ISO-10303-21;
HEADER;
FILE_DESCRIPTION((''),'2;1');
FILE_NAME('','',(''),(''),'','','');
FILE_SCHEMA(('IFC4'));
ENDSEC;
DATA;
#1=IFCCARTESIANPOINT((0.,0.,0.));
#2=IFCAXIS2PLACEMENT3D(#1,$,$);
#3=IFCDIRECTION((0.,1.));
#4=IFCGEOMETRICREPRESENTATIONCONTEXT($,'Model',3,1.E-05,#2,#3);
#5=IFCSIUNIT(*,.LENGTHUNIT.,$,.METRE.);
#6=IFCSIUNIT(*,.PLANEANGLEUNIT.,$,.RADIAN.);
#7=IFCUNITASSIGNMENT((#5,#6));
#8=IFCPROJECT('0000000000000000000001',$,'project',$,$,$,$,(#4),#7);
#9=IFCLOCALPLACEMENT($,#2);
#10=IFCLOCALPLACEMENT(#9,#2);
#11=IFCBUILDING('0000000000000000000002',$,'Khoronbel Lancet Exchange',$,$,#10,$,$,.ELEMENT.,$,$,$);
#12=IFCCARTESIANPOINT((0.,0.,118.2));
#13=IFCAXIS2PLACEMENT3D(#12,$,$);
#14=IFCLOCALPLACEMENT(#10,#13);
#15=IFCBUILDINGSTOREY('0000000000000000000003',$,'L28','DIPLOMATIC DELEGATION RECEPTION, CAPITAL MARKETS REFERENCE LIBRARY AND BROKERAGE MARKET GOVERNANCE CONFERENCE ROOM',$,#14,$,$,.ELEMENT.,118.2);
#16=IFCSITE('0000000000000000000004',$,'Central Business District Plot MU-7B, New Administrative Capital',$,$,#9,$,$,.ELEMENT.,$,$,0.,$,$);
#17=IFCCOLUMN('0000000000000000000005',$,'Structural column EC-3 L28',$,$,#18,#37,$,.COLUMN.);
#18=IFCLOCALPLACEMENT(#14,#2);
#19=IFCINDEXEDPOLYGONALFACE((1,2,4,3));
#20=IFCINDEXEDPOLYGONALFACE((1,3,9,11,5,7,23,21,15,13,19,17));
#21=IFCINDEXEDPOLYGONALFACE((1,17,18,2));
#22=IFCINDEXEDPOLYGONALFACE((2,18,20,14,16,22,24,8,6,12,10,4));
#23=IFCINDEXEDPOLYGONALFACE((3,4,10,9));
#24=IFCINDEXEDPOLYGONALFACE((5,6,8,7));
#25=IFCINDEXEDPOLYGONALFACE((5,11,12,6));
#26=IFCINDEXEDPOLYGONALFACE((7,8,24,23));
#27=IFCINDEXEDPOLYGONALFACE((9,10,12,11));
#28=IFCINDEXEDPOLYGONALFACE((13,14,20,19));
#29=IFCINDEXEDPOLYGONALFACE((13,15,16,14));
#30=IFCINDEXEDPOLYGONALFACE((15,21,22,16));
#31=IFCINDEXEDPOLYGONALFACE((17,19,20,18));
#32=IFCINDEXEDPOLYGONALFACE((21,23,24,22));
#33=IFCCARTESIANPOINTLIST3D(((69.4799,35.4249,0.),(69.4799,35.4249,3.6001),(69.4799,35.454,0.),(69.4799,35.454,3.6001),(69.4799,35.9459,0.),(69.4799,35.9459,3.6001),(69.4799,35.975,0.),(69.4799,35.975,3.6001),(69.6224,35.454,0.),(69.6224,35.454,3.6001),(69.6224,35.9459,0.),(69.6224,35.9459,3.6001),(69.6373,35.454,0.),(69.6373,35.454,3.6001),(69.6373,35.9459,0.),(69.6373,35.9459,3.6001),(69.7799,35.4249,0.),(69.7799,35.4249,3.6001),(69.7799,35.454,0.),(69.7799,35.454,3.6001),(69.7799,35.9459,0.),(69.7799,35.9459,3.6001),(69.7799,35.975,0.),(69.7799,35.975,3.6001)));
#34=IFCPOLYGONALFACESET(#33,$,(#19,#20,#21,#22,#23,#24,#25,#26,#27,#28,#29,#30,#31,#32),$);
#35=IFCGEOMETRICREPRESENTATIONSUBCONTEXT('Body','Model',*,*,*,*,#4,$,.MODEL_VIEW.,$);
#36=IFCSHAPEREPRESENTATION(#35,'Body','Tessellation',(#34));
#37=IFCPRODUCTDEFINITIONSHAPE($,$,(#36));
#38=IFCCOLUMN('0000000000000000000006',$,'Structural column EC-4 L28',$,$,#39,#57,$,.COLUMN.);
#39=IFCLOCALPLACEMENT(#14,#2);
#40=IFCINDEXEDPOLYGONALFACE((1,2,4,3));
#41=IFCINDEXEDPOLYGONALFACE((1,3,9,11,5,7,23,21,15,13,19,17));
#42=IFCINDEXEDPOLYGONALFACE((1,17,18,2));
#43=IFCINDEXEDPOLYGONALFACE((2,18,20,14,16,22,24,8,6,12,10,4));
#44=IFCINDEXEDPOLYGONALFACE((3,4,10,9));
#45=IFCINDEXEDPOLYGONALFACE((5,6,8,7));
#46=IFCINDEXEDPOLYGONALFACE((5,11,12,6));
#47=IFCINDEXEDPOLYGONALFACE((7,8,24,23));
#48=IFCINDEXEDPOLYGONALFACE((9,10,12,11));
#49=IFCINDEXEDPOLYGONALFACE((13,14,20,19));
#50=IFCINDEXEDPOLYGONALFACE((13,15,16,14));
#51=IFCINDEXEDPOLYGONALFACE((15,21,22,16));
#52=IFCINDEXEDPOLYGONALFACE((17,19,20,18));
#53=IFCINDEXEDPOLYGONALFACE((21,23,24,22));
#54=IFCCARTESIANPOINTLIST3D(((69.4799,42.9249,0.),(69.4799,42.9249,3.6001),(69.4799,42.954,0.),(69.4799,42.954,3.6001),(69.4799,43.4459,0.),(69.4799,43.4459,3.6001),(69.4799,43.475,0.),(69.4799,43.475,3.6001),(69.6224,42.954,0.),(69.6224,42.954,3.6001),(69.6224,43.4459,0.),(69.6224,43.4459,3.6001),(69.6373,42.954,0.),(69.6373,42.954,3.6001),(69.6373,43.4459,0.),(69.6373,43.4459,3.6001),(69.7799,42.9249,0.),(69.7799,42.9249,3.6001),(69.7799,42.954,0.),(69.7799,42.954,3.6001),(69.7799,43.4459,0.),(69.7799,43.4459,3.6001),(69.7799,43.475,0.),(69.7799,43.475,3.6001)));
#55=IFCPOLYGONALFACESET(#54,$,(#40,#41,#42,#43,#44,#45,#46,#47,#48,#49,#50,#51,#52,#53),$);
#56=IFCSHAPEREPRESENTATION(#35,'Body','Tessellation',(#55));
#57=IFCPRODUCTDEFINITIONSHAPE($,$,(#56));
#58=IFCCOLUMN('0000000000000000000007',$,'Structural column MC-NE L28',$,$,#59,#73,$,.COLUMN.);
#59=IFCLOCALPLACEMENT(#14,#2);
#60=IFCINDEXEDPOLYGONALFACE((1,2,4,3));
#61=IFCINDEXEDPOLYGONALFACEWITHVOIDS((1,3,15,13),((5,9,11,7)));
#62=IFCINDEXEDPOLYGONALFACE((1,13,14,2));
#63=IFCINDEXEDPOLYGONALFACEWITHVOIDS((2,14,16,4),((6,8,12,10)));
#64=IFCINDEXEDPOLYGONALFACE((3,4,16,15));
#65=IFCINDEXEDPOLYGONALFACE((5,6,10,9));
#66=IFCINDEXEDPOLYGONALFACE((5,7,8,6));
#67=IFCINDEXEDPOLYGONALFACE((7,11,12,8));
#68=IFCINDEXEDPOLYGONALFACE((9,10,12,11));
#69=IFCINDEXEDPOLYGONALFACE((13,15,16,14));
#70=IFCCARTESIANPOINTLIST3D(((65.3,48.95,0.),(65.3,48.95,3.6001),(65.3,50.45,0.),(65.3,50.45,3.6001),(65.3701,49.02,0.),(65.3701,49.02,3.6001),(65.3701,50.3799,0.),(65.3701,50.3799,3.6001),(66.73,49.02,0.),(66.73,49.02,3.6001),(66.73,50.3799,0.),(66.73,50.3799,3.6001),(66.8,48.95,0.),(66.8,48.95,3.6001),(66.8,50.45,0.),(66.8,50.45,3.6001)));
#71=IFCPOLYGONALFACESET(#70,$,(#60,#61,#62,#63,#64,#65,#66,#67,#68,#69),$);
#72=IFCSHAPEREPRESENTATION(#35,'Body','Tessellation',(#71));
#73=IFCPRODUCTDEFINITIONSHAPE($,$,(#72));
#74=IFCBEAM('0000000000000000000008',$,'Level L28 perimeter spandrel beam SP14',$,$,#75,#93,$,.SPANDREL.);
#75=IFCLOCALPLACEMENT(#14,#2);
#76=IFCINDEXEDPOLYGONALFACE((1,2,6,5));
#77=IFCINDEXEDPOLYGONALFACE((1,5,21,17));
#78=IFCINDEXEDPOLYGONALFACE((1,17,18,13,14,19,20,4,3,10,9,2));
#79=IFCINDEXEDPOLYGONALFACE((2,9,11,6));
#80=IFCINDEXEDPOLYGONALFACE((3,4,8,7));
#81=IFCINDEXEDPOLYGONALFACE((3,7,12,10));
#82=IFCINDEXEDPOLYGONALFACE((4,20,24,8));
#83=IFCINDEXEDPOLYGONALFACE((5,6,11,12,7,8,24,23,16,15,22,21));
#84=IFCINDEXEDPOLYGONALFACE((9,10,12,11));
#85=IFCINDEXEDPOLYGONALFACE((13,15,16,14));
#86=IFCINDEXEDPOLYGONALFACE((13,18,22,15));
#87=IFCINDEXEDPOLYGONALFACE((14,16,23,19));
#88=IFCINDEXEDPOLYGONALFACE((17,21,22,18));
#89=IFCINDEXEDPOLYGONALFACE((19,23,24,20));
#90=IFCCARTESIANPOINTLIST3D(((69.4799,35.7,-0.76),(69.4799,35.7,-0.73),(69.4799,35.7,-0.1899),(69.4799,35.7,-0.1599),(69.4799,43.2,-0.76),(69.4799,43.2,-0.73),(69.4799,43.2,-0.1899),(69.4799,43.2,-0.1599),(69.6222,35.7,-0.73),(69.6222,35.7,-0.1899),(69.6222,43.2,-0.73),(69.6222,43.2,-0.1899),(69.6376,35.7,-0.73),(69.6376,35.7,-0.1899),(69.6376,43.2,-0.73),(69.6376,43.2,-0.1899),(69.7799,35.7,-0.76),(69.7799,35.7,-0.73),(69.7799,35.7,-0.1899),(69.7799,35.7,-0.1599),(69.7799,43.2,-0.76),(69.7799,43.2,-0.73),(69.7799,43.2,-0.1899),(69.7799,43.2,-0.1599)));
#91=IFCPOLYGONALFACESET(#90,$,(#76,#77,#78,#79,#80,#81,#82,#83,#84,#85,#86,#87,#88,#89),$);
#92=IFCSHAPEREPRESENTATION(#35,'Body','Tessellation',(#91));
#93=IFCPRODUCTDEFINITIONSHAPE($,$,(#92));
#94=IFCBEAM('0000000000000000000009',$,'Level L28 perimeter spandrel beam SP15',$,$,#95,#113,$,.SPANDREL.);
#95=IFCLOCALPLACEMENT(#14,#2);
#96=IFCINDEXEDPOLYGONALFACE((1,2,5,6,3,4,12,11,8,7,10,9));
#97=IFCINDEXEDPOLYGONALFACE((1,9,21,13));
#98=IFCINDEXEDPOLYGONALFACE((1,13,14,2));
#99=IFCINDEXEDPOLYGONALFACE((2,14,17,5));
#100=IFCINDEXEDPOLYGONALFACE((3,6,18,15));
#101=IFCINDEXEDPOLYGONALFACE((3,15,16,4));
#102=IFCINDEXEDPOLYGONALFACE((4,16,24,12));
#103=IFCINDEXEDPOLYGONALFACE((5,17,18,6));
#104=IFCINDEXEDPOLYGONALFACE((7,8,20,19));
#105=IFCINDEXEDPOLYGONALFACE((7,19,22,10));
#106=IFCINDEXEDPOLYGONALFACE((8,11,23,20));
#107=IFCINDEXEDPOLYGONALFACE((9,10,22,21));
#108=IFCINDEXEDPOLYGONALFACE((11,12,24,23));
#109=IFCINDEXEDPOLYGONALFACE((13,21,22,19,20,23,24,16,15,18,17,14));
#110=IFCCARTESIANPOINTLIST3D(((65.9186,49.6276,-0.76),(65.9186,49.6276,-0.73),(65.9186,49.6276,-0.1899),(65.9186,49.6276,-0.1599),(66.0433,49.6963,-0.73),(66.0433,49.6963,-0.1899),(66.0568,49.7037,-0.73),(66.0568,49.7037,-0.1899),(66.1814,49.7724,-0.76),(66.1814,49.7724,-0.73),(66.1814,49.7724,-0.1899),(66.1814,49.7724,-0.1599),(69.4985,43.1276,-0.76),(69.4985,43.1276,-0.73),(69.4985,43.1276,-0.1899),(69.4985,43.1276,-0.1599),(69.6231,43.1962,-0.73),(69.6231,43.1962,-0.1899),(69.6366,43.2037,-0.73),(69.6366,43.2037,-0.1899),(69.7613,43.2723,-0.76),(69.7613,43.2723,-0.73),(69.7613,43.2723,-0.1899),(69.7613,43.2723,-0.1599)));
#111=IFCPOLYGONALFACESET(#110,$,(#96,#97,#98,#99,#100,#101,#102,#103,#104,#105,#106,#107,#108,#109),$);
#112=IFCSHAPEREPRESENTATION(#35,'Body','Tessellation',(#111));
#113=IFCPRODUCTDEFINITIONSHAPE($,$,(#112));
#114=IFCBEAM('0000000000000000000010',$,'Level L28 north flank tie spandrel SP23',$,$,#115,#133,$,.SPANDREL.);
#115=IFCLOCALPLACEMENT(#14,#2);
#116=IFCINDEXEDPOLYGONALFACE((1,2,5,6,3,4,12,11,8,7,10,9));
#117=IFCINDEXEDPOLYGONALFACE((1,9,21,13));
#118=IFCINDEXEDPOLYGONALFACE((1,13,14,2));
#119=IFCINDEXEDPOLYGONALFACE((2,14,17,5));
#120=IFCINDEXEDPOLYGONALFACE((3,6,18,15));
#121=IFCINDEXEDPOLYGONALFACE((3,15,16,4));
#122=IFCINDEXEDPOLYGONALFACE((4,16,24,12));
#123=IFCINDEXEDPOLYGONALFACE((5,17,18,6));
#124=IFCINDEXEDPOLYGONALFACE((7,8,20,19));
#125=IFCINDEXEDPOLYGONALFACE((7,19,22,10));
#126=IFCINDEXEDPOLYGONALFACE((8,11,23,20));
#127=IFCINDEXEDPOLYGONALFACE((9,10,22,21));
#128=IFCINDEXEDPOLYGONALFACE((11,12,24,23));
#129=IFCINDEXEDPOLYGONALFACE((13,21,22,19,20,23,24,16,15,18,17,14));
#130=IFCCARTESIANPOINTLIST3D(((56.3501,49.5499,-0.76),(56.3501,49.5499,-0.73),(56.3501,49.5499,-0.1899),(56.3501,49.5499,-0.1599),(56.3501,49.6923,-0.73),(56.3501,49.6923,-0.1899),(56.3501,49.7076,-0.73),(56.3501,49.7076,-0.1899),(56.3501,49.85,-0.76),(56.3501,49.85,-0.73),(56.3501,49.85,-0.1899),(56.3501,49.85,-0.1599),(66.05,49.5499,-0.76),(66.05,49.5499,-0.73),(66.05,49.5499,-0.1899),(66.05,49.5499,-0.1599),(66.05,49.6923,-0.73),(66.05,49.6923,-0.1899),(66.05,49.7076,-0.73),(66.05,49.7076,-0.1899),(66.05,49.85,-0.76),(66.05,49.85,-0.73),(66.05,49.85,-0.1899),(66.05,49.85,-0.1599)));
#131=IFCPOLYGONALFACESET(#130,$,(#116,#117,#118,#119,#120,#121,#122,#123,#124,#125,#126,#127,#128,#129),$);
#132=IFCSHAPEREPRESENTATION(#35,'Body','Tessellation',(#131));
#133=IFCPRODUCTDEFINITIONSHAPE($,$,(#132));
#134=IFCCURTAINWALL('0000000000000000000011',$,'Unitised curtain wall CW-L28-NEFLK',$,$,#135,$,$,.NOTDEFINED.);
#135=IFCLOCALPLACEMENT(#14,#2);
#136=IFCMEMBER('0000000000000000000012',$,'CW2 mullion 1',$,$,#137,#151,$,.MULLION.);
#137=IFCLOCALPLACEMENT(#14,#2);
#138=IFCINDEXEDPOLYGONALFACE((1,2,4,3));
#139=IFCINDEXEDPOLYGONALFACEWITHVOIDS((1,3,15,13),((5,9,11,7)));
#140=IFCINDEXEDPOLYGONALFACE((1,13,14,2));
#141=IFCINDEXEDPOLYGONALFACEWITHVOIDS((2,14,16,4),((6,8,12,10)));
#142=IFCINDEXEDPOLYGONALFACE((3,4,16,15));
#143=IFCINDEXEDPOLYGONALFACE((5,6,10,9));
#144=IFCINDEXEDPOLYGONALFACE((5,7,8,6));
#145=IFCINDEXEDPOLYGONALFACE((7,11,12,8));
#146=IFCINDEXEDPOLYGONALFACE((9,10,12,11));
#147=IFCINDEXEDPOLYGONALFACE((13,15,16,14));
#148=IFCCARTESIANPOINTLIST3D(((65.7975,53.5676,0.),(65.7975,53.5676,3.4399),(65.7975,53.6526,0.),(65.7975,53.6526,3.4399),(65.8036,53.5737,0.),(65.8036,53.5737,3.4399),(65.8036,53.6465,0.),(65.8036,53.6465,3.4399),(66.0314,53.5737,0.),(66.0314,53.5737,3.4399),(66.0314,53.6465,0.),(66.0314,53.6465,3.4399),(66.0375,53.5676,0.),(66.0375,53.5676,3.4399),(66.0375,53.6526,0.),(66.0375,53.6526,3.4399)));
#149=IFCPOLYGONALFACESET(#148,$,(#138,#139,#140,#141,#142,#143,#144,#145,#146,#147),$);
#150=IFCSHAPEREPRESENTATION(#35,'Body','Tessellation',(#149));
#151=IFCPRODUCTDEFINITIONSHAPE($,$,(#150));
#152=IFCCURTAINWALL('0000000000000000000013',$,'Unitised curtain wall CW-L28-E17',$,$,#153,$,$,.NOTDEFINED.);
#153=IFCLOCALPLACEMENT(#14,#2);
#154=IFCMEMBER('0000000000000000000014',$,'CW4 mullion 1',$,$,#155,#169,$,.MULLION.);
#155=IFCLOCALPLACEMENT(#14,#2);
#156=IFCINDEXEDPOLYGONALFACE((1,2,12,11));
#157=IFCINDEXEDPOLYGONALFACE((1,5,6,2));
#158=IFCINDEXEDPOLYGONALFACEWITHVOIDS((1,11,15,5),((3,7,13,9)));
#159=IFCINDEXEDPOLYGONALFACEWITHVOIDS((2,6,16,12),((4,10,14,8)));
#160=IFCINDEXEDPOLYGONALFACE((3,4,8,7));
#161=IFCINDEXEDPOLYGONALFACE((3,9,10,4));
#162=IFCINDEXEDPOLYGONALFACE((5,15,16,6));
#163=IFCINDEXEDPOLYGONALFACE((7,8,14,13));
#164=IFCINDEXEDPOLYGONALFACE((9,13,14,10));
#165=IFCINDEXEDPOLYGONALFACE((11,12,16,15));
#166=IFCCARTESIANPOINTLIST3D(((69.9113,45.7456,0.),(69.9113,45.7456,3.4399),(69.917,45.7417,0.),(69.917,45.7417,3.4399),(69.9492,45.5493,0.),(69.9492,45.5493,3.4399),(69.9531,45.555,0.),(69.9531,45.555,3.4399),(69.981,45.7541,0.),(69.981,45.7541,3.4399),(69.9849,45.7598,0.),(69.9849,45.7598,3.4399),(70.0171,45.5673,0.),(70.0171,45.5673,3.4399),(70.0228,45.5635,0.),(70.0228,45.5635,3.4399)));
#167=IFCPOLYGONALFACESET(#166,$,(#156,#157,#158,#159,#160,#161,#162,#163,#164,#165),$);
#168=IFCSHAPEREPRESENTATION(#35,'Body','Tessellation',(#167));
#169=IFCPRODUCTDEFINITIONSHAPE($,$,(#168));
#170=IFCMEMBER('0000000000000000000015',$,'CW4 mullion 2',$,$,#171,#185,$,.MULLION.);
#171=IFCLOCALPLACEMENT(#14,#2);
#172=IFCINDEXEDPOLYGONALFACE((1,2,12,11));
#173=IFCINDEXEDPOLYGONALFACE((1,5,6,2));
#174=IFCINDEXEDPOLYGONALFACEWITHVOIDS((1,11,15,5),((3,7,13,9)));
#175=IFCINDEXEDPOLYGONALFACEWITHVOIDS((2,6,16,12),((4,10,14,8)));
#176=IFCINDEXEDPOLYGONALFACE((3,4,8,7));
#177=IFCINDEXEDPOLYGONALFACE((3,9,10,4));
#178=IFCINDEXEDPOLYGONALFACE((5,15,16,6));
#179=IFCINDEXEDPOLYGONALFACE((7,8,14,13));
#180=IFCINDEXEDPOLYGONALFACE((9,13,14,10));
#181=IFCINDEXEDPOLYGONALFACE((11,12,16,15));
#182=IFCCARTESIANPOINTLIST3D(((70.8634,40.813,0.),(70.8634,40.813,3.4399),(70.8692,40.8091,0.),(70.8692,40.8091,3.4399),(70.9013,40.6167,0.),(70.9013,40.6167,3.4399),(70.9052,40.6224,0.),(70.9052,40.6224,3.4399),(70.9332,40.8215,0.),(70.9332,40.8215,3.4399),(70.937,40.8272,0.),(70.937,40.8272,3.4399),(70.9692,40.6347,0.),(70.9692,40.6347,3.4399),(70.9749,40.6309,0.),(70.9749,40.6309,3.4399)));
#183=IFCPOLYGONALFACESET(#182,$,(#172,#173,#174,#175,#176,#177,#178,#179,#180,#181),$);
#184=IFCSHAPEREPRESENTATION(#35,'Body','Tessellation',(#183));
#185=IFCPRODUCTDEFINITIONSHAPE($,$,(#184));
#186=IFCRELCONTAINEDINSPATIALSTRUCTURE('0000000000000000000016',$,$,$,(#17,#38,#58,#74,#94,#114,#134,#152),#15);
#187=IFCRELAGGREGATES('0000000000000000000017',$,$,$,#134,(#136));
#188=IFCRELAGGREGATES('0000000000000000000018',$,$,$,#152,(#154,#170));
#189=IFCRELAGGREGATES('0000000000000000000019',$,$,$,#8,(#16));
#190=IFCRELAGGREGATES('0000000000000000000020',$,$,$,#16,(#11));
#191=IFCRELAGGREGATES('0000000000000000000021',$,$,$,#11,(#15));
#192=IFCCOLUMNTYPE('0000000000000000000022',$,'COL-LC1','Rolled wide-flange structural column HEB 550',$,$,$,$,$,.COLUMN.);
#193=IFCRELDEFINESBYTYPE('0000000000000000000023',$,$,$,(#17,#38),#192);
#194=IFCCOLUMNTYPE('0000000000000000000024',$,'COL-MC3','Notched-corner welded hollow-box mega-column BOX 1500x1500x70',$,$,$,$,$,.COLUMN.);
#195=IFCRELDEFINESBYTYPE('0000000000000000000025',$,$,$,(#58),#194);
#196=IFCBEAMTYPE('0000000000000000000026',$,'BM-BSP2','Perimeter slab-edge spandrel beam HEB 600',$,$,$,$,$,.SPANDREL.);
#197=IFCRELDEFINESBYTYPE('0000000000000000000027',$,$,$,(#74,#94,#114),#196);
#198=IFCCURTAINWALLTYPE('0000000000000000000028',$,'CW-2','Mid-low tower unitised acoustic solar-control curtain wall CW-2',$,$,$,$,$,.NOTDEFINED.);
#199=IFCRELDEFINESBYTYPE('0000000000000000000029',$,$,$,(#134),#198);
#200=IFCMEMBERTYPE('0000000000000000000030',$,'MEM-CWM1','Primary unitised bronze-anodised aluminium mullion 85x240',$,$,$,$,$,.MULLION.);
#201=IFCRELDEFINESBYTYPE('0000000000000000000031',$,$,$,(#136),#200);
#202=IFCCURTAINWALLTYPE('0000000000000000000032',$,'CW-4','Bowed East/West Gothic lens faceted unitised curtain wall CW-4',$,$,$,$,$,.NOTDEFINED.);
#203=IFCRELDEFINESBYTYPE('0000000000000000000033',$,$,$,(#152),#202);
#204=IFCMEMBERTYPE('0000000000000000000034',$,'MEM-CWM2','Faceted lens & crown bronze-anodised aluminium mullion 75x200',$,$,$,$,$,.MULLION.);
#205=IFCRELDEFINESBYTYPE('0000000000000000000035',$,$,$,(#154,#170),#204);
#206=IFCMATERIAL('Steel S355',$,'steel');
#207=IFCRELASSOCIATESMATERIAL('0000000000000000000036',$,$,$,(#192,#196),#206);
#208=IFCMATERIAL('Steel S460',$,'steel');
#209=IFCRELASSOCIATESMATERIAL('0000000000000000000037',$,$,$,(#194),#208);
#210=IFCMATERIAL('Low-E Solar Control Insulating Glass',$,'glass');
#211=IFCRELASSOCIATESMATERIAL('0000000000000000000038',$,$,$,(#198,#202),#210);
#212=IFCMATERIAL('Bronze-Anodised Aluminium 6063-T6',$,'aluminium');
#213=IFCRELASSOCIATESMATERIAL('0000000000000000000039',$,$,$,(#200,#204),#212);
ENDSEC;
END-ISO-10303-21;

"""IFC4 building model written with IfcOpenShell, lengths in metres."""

from ifc_helpers import new_model, si_unit, direction, frame, origin, origin_2d, place, context, subcontext, project, spatial, hollow_rectangle, i_section, extrude, material, material_profile, profile_set, type_object, element, aggregate, save


model = new_model("IFC4")

# Units and contexts
model_context = context("Model", 3, precision=1e-05, world=origin(), true_north=direction((0.0, 1.0)))
body_context = subcontext(model_context, "Body", "Model", "MODEL_VIEW")
ifc_project = project(units=[si_unit("LENGTHUNIT", "METRE"), si_unit("PLANEANGLEUNIT", "RADIAN")], contexts=[model_context])

# Site, building, storey
site_placement = place(None, origin())
site = spatial("IfcSite", under=ifc_project, at=site_placement, Name="Central Business District Plot MU-7B, New Administrative Capital", CompositionType="ELEMENT", RefElevation=0.0)
building_placement = place(site_placement, origin())
building = spatial("IfcBuilding", under=site, at=building_placement, Name="Khoronbel Lancet Exchange", CompositionType="ELEMENT")
storey_placement = place(building_placement, frame((0.0, 0.0, 118.2)))
storey = spatial("IfcBuildingStorey", under=building, at=storey_placement, Name="L28", Description="DIPLOMATIC DELEGATION RECEPTION, CAPITAL MARKETS REFERENCE LIBRARY AND BROKERAGE MARKET GOVERNANCE CONFERENCE ROOM", CompositionType="ELEMENT", Elevation=118.2)

# Columns
ifc_material_1 = material(Name="Steel S355", Category="steel")
ifc_material_profile_1 = material_profile(ifc_material_1, i_section(OverallWidth=0.3, OverallDepth=0.55, WebThickness=0.0149, FlangeThickness=0.0291, at=origin_2d()), Name="HEB 550")
ifc_profile_set_1 = profile_set([ifc_material_profile_1], Name="Steel S355")
column_type_1 = type_object("IfcColumnType", Name="COL-LC1", Description="Rolled wide-flange structural column HEB 550", PredefinedType="COLUMN", material=ifc_profile_set_1)
for number, where, z_axis, x_axis, name in (
    (1, (69.6299, 35.7, 0.0), (0.0, 0.0, 1.0), (1.0, 0.0, 0.0), "Structural column EC-3 L28"),
    (2, (69.6299, 43.2, 0.0), (0.0, 0.0, 1.0), (1.0, 0.0, 0.0), "Structural column EC-4 L28"),
):
    element("IfcColumn", number, at=place(storey_placement, frame(where, z_axis=z_axis, x_axis=x_axis)), inside=storey, type_object=column_type_1, Name=name, PredefinedType="COLUMN", context=body_context, shape_type="SweptSolid", body=[
        extrude(i_section(OverallWidth=0.3, OverallDepth=0.55, WebThickness=0.0149, FlangeThickness=0.0291, at=origin_2d()), origin(), (0.0, 0.0, 1.0), 3.6001),
    ])
ifc_material_2 = material(Name="Steel S460", Category="steel")
ifc_material_profile_2 = material_profile(ifc_material_2, hollow_rectangle(XDim=1.5, YDim=1.5, WallThickness=0.0701, at=origin_2d()), Name="BOX 1500x1500x70")
ifc_profile_set_2 = profile_set([ifc_material_profile_2], Name="Steel S460")
column_type_2 = type_object("IfcColumnType", Name="COL-MC3", Description="Notched-corner welded hollow-box mega-column BOX 1500x1500x70", PredefinedType="COLUMN", material=ifc_profile_set_2)
column_placement = place(storey_placement, frame((66.05, 49.7, 0.0), z_axis=(0.0, 0.0, 1.0), x_axis=(1.0, 0.0, 0.0)))
element("IfcColumn", 3, at=column_placement, inside=storey, type_object=column_type_2, Name="Structural column MC-NE L28", PredefinedType="COLUMN", context=body_context, shape_type="SweptSolid", body=[
    extrude(hollow_rectangle(XDim=1.5, YDim=1.5, WallThickness=0.0701, at=origin_2d()), origin(), (0.0, 0.0, 1.0), 3.6001),
])

# Beams
ifc_material_profile_3 = material_profile(ifc_material_1, i_section(OverallWidth=0.3, OverallDepth=0.6001, WebThickness=0.0154, FlangeThickness=0.03, at=origin_2d()), Name="HEB 600")
ifc_profile_set_3 = profile_set([ifc_material_profile_3], Name="Steel S355")
beam_type = type_object("IfcBeamType", Name="BM-BSP2", Description="Perimeter slab-edge spandrel beam HEB 600", PredefinedType="SPANDREL", material=ifc_profile_set_3)
beam_1_placement = place(storey_placement, frame((69.6299, 35.7, -0.46), z_axis=(0.0, 1.0, 0.0), x_axis=(-1.0, 0.0, 0.0)))
element("IfcBeam", 4, at=beam_1_placement, inside=storey, type_object=beam_type, Name="Level L28 perimeter spandrel beam SP14", PredefinedType="SPANDREL", context=body_context, shape_type="SweptSolid", body=[
    extrude(i_section(OverallWidth=0.3, OverallDepth=0.6001, WebThickness=0.0154, FlangeThickness=0.03, at=origin_2d()), origin(), (0.0, 0.0, 1.0), 7.5),
])
beam_2_placement = place(storey_placement, frame((69.6299, 43.2, -0.46), z_axis=(-0.482419, 0.875941, 0.0), x_axis=(-0.875941, -0.482419, 0.0)))
element("IfcBeam", 5, at=beam_2_placement, inside=storey, type_object=beam_type, Name="Level L28 perimeter spandrel beam SP15", PredefinedType="SPANDREL", context=body_context, shape_type="SweptSolid", body=[
    extrude(i_section(OverallWidth=0.3, OverallDepth=0.6001, WebThickness=0.0154, FlangeThickness=0.03, at=origin_2d()), origin(), (0.0, 0.0, 1.0), 7.4207),
])
beam_3_placement = place(storey_placement, frame((66.05, 49.7, -0.46), z_axis=(-1.0, 0.0, 0.0), x_axis=(0.0, -1.0, 0.0)))
element("IfcBeam", 6, at=beam_3_placement, inside=storey, type_object=beam_type, Name="Level L28 north flank tie spandrel SP23", PredefinedType="SPANDREL", context=body_context, shape_type="SweptSolid", body=[
    extrude(i_section(OverallWidth=0.3, OverallDepth=0.6001, WebThickness=0.0154, FlangeThickness=0.03, at=origin_2d()), origin(), (0.0, 0.0, 1.0), 9.7),
])

# Curtain wall, member
ifc_material_3 = material(Name="Low-E Solar Control Insulating Glass", Category="glass")
curtain_wall_type_1 = type_object("IfcCurtainWallType", Name="CW-2", Description="Mid-low tower unitised acoustic solar-control curtain wall CW-2", PredefinedType="NOTDEFINED", material=ifc_material_3)
curtain_wall_1_placement = place(storey_placement, origin())
curtain_wall_1 = element("IfcCurtainWall", 7, at=curtain_wall_1_placement, inside=storey, type_object=curtain_wall_type_1, Name="Unitised curtain wall CW-L28-NEFLK", PredefinedType="NOTDEFINED")
ifc_material_4 = material(Name="Bronze-Anodised Aluminium 6063-T6", Category="aluminium")
ifc_material_profile_4 = material_profile(ifc_material_4, hollow_rectangle(XDim=0.085, YDim=0.24, WallThickness=0.0061, at=origin_2d()), Name="ALU MULLION 85x240")
ifc_profile_set_4 = profile_set([ifc_material_profile_4], Name="Bronze-Anodised Aluminium 6063-T6")
member_type_1 = type_object("IfcMemberType", Name="MEM-CWM1", Description="Primary unitised bronze-anodised aluminium mullion 85x240", PredefinedType="MULLION", material=ifc_profile_set_4)
member_1_placement = place(storey_placement, frame((65.9175, 53.6101, 0.0), z_axis=(0.0, 0.0, 1.0), x_axis=(0.0, -1.0, 0.0)))
member_1 = element("IfcMember", 8, at=member_1_placement, type_object=member_type_1, Name="CW2 mullion 1", PredefinedType="MULLION", context=body_context, shape_type="SweptSolid", body=[
    extrude(hollow_rectangle(XDim=0.085, YDim=0.24, WallThickness=0.0061, at=origin_2d()), origin(), (0.0, 0.0, 1.0), 3.4399),
])

# Curtain wall, members
curtain_wall_type_2 = type_object("IfcCurtainWallType", Name="CW-4", Description="Bowed East/West Gothic lens faceted unitised curtain wall CW-4", PredefinedType="NOTDEFINED", material=ifc_material_3)
curtain_wall_2_placement = place(storey_placement, origin())
curtain_wall_2 = element("IfcCurtainWall", 9, at=curtain_wall_2_placement, inside=storey, type_object=curtain_wall_type_2, Name="Unitised curtain wall CW-L28-E17", PredefinedType="NOTDEFINED")
ifc_material_profile_5 = material_profile(ifc_material_4, hollow_rectangle(XDim=0.075, YDim=0.2, WallThickness=0.0049, at=origin_2d()), Name="ALU MULLION 75x200")
ifc_profile_set_5 = profile_set([ifc_material_profile_5], Name="Bronze-Anodised Aluminium 6063-T6")
member_type_2 = type_object("IfcMemberType", Name="MEM-CWM2", Description="Faceted lens & crown bronze-anodised aluminium mullion 75x200", PredefinedType="MULLION", material=ifc_profile_set_5)
member_2_placement = place(storey_placement, frame((69.967, 45.6545, 0.0), z_axis=(0.0, 0.0, 1.0), x_axis=(0.981873, 0.189541, 0.0)))
member_2 = element("IfcMember", 10, at=member_2_placement, type_object=member_type_2, Name="CW4 mullion 1", PredefinedType="MULLION", context=body_context, shape_type="SweptSolid", body=[
    extrude(hollow_rectangle(XDim=0.075, YDim=0.2, WallThickness=0.0049, at=origin_2d()), origin(), (0.0, 0.0, 1.0), 3.4399),
])
member_3_placement = place(storey_placement, frame((70.9192, 40.7219, 0.0), z_axis=(0.0, 0.0, 1.0), x_axis=(0.981873, 0.189541, 0.0)))
member_3 = element("IfcMember", 11, at=member_3_placement, type_object=member_type_2, Name="CW4 mullion 2", PredefinedType="MULLION", context=body_context, shape_type="SweptSolid", body=[
    extrude(hollow_rectangle(XDim=0.075, YDim=0.2, WallThickness=0.0049, at=origin_2d()), origin(), (0.0, 0.0, 1.0), 3.4399),
])

aggregate(curtain_wall_1, [member_1])
aggregate(curtain_wall_2, [member_2, member_3])

save(model, "model.ifc")
